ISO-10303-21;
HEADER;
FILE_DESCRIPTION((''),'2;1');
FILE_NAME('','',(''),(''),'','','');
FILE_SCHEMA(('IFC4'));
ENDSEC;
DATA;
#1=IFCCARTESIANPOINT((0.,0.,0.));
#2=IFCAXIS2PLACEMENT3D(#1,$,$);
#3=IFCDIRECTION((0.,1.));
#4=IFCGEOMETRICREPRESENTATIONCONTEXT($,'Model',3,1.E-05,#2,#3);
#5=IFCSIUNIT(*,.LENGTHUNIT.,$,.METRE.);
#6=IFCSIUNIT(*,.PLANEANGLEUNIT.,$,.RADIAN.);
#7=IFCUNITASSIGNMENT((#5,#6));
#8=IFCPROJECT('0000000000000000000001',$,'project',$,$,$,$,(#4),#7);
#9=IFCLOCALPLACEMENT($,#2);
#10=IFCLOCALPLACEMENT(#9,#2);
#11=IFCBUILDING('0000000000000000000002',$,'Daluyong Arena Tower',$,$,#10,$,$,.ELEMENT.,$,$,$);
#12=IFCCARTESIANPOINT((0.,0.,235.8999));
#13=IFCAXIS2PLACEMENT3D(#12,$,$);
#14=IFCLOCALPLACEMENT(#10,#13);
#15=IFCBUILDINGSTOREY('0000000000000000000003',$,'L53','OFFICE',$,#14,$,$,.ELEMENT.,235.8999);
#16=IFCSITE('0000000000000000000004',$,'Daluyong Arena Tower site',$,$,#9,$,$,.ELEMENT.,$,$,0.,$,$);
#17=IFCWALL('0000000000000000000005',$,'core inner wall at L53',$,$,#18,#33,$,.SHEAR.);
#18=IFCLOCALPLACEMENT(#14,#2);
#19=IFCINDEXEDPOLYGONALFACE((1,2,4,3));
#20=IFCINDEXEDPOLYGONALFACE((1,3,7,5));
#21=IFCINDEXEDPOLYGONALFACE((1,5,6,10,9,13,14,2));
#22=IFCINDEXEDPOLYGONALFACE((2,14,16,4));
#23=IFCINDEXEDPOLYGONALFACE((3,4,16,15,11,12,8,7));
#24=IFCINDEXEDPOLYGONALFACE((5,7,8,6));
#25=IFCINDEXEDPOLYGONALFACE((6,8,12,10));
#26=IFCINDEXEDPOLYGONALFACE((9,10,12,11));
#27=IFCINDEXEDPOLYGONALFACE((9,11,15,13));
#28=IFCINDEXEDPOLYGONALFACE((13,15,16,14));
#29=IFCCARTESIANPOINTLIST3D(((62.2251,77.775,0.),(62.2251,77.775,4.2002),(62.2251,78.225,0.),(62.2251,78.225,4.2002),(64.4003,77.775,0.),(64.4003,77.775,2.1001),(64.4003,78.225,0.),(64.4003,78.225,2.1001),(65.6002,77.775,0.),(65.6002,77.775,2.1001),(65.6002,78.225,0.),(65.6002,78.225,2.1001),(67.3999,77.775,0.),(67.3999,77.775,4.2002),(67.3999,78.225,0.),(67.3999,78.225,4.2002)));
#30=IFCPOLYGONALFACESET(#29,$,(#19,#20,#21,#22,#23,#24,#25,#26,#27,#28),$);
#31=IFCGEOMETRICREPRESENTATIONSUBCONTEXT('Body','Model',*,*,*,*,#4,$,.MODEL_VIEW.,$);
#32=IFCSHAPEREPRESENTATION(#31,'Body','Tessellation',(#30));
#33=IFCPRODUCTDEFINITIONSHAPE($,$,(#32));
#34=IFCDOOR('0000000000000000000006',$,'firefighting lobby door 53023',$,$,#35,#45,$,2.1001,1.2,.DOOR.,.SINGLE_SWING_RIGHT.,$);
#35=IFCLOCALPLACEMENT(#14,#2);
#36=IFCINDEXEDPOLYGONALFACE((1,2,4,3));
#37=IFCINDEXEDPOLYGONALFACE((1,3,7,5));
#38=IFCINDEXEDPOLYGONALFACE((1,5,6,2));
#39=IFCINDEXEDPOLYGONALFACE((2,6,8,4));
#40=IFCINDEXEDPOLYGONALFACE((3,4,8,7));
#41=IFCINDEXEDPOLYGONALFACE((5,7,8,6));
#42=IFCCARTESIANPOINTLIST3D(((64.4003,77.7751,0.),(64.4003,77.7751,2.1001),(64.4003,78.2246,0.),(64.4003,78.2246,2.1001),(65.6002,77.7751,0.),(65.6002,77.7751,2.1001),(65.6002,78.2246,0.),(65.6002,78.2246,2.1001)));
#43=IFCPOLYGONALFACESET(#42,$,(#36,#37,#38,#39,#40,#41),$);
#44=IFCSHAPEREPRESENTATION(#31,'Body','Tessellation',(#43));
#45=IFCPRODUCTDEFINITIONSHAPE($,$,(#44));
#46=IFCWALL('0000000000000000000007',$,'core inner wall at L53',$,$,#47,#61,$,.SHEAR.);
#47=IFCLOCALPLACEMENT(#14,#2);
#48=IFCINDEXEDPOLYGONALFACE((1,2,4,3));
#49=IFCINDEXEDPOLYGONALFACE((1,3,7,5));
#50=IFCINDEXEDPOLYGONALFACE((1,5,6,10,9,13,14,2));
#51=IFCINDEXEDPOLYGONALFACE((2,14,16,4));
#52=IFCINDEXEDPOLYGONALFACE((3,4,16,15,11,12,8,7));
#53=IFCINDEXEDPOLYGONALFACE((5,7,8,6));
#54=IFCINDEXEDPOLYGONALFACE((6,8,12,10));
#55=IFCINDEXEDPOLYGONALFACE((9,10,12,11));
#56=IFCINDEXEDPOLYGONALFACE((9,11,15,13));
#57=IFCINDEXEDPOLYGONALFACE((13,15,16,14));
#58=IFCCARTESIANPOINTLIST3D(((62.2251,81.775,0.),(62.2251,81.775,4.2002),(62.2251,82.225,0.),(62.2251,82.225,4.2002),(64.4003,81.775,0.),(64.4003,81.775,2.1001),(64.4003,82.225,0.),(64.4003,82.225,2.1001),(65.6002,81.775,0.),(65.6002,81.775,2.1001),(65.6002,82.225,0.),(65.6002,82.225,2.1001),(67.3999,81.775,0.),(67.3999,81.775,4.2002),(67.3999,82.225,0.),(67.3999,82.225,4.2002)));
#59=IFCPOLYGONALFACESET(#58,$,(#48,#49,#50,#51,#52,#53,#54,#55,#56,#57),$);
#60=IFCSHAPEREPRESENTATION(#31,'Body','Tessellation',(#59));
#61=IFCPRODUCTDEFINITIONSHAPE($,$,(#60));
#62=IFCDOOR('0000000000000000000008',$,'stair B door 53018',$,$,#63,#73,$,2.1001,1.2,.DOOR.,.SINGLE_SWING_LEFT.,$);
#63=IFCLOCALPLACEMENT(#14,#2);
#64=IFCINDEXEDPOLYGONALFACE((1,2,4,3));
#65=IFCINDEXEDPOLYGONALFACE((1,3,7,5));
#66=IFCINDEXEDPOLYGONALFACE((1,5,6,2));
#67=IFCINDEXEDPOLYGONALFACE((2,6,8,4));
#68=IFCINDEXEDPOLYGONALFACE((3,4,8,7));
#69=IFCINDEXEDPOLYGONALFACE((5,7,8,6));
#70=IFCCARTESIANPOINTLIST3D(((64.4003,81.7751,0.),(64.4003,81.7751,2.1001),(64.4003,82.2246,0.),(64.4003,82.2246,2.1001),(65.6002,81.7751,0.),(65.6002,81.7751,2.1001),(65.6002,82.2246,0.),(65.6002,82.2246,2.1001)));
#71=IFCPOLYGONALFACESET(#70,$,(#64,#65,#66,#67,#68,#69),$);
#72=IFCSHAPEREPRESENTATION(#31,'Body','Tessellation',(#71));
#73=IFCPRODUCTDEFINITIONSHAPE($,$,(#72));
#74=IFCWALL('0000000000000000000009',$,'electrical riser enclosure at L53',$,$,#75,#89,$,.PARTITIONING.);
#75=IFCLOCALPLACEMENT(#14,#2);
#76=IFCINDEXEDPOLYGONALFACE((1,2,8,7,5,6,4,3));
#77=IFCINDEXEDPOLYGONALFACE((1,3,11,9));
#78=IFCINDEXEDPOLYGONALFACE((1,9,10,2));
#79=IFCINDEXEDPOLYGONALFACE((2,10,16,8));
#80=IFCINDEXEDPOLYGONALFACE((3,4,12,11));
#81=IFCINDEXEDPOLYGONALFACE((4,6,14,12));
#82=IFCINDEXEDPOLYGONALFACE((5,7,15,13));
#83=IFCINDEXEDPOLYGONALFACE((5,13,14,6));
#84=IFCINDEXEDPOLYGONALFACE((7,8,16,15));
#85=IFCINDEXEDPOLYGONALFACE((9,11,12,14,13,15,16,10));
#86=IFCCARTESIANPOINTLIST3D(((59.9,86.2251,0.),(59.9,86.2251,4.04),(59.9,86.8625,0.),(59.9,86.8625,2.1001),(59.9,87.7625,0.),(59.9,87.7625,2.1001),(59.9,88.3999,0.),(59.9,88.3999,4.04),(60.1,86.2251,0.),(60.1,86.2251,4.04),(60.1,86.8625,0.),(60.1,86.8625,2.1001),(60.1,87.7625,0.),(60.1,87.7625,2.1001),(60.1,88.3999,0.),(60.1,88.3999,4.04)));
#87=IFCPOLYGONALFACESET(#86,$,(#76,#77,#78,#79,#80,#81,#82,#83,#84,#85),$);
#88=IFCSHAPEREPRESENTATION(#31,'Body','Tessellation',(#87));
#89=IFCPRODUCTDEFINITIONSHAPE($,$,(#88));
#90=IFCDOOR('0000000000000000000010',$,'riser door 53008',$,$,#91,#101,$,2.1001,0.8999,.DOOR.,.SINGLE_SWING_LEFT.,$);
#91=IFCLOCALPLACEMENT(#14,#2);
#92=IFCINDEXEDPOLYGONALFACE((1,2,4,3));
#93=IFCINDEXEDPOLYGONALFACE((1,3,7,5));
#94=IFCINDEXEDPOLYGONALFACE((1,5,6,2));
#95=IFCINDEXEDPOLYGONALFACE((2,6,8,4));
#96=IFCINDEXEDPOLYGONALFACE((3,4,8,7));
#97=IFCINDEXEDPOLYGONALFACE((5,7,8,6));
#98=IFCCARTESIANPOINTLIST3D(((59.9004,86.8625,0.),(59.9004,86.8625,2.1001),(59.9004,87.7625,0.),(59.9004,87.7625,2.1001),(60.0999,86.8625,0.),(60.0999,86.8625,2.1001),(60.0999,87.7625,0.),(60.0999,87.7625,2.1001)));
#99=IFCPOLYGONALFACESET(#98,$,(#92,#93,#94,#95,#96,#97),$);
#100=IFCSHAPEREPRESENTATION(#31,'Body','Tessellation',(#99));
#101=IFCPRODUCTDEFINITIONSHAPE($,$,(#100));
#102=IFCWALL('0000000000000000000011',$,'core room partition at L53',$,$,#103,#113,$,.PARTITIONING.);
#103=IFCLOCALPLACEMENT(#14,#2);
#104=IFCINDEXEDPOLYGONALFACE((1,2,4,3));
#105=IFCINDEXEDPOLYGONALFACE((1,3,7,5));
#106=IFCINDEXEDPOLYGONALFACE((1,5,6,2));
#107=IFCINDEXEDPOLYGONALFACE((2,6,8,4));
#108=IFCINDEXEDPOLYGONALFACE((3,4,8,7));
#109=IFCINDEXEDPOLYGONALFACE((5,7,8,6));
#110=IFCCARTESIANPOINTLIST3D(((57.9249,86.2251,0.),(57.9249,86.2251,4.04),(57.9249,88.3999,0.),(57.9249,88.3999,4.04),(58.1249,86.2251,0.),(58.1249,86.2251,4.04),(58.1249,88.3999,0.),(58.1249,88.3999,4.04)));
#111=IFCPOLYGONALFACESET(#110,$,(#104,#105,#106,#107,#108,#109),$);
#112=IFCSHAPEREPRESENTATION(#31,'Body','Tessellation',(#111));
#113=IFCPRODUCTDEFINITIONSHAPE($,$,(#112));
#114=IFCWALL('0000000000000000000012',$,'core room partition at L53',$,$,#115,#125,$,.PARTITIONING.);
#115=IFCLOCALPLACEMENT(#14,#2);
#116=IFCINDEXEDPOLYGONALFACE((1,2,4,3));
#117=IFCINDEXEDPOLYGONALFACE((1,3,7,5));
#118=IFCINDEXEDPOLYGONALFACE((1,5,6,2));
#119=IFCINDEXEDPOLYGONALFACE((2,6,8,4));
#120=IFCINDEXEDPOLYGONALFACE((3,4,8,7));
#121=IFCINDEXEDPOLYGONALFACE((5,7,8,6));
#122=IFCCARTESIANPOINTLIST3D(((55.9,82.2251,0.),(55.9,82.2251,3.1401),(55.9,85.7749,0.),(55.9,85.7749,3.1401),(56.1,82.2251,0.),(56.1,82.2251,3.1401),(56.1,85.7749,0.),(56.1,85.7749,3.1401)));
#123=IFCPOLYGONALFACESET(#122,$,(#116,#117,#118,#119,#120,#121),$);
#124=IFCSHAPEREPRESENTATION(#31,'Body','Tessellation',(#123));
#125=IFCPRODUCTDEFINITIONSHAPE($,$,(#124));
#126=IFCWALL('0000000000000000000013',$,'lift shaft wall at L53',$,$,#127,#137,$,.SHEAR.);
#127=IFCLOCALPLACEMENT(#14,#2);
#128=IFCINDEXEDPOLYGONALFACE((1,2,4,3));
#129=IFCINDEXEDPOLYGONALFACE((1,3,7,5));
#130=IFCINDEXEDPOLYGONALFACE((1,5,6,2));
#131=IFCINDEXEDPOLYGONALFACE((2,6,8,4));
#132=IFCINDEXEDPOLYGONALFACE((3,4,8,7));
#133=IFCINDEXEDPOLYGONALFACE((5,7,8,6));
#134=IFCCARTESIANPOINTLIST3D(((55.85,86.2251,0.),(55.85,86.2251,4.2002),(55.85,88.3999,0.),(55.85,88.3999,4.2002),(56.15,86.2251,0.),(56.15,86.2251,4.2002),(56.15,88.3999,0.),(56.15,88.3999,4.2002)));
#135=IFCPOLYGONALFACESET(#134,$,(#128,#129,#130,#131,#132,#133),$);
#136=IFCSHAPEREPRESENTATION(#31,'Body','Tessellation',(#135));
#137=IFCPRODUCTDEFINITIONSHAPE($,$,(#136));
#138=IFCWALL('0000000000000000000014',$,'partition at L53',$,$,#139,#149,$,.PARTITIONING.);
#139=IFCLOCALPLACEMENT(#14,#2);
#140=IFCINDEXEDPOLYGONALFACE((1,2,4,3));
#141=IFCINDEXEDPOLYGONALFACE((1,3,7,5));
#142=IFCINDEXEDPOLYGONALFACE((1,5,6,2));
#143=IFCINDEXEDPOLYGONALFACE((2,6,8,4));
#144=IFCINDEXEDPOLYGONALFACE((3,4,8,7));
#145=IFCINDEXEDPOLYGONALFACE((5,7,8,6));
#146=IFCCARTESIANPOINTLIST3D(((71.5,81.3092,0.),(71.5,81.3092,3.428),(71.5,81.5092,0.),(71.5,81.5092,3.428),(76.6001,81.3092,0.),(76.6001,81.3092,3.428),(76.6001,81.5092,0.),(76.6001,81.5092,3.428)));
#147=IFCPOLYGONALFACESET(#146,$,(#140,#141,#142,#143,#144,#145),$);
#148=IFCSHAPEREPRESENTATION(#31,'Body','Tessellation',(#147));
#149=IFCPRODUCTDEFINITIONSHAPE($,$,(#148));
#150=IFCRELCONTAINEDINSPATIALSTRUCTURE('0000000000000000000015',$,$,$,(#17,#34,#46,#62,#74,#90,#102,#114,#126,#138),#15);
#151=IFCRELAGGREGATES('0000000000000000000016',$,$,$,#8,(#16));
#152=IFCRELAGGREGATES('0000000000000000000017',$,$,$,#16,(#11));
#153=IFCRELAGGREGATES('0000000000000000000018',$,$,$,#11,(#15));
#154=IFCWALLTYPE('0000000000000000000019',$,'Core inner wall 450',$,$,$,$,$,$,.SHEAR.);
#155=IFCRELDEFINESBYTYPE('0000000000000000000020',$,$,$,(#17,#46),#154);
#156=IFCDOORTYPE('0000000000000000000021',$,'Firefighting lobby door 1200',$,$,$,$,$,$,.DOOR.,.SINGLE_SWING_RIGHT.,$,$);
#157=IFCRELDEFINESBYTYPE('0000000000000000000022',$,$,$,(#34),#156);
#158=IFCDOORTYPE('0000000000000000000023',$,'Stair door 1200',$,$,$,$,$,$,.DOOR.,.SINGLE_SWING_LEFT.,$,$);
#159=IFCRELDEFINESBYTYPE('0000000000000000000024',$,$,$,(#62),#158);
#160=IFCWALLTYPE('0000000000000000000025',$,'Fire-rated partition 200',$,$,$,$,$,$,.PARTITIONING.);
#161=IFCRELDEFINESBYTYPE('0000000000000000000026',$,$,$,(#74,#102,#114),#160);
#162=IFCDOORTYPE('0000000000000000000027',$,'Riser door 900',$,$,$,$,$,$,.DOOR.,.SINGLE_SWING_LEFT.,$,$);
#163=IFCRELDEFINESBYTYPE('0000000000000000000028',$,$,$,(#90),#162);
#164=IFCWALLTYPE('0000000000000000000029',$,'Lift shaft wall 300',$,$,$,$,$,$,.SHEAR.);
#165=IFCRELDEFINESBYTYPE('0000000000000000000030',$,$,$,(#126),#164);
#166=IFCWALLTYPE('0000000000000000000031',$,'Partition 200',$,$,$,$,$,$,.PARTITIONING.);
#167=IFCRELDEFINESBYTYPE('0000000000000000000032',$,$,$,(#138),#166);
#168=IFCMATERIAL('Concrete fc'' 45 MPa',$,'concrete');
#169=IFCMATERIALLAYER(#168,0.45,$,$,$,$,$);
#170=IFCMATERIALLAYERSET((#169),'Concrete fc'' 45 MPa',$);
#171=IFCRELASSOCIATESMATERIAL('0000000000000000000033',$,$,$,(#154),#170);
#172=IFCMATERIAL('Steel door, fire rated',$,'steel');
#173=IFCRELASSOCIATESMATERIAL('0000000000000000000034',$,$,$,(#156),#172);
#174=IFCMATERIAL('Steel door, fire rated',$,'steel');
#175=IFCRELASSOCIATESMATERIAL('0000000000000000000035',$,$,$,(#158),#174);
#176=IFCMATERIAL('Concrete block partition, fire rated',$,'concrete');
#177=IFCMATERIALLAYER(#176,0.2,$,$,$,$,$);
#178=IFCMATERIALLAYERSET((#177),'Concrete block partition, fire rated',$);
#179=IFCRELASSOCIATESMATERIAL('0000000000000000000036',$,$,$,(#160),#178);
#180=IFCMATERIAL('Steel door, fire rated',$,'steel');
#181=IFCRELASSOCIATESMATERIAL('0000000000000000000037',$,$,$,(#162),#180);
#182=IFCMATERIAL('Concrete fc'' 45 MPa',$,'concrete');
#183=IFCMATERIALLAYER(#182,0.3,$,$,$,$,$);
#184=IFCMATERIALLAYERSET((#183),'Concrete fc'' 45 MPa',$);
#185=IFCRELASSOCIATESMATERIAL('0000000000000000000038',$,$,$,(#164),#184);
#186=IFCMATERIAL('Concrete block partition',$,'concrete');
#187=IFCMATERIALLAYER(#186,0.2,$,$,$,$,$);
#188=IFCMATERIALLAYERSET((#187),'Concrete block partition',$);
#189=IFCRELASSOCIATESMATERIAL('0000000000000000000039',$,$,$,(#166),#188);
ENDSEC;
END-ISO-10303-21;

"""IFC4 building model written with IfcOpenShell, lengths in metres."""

from ifc_helpers import new_model, si_unit, direction, frame, frame_2d, origin, place, context, subcontext, project, spatial, rectangle, extrude, material, layer, layer_set, type_object, element, fill, save


model = new_model("IFC4")

# Units and contexts
model_context = context("Model", 3, precision=1e-05, world=origin(), true_north=direction((0.0, 1.0)))
body_context = subcontext(model_context, "Body", "Model", "MODEL_VIEW")
ifc_project = project(units=[si_unit("LENGTHUNIT", "METRE"), si_unit("PLANEANGLEUNIT", "RADIAN")], contexts=[model_context])

# Site, building, storey
site_placement = place(None, origin())
site = spatial("IfcSite", under=ifc_project, at=site_placement, Name="Daluyong Arena Tower site", CompositionType="ELEMENT", RefElevation=0.0)
building_placement = place(site_placement, origin())
building = spatial("IfcBuilding", under=site, at=building_placement, Name="Daluyong Arena Tower", CompositionType="ELEMENT")
storey_placement = place(building_placement, frame((0.0, 0.0, 235.8999)))
storey = spatial("IfcBuildingStorey", under=building, at=storey_placement, Name="L53", Description="OFFICE", CompositionType="ELEMENT", Elevation=235.8999)

# Walls, openings, doors
ifc_material_1 = material(Name="Concrete fc' 45 MPa", Category="concrete")
ifc_layer_1 = layer(ifc_material_1, 0.45)
ifc_layer_set_1 = layer_set([ifc_layer_1], Name="Concrete fc' 45 MPa")
wall_type_1 = type_object("IfcWallType", Name="Core inner wall 450", PredefinedType="SHEAR", material=ifc_layer_set_1)
wall_1_placement = place(storey_placement, frame((62.2251, 78.0, 0.0), z_axis=(0.0, 0.0, 1.0), x_axis=(1.0, 0.0, 0.0)))
wall_1 = element("IfcWall", 1, at=wall_1_placement, inside=storey, type_object=wall_type_1, Name="core inner wall at L53", PredefinedType="SHEAR", context=body_context, shape_type="SweptSolid", body=[
    extrude(rectangle(XDim=5.1748, YDim=0.45, at=frame_2d((2.5874, 0.0))), origin(), (0.0, 0.0, 1.0), 4.2002),
])
opening_1_placement = place(wall_1_placement, frame((2.175, 0.0, 0.0)))
opening_1 = element("IfcOpeningElement", 2, at=opening_1_placement, cuts=wall_1, PredefinedType="OPENING", context=body_context, shape_type="SweptSolid", body=[
    extrude(rectangle(XDim=1.2, YDim=2.1001, at=frame_2d((0.6001, 1.05))), frame((0.0, 0.2349, 0.0), z_axis=(0.0, -1.0, 0.0), x_axis=(1.0, 0.0, 0.0)), (0.0, 0.0, 1.0), 0.47),
])
ifc_material_2 = material(Name="Steel door, fire rated", Category="steel")
door_type_1 = type_object("IfcDoorType", Name="Firefighting lobby door 1200", OperationType="SINGLE_SWING_RIGHT", PredefinedType="DOOR", material=ifc_material_2)
door_1_placement = place(opening_1_placement, origin())
door_1 = element("IfcDoor", 3, at=door_1_placement, inside=storey, type_object=door_type_1, Name="firefighting lobby door 53023", OperationType="SINGLE_SWING_RIGHT", OverallHeight=2.1001, OverallWidth=1.2, PredefinedType="DOOR", context=body_context, shape_type="SweptSolid", body=[
    extrude(rectangle(XDim=1.2, YDim=2.1001, at=frame_2d((0.6001, 1.05))), frame((0.0, 0.2246, 0.0), z_axis=(0.0, -1.0, 0.0), x_axis=(1.0, 0.0, 0.0)), (0.0, 0.0, 1.0), 0.4495),
])
fill(opening_1, door_1)
wall_2_placement = place(storey_placement, frame((62.2251, 82.0, 0.0), z_axis=(0.0, 0.0, 1.0), x_axis=(1.0, 0.0, 0.0)))
wall_2 = element("IfcWall", 4, at=wall_2_placement, inside=storey, type_object=wall_type_1, Name="core inner wall at L53", PredefinedType="SHEAR", context=body_context, shape_type="SweptSolid", body=[
    extrude(rectangle(XDim=5.1748, YDim=0.45, at=frame_2d((2.5874, 0.0))), origin(), (0.0, 0.0, 1.0), 4.2002),
])
opening_2_placement = place(wall_2_placement, frame((2.175, 0.0, 0.0)))
opening_2 = element("IfcOpeningElement", 5, at=opening_2_placement, cuts=wall_2, PredefinedType="OPENING", context=body_context, shape_type="SweptSolid", body=[
    extrude(rectangle(XDim=1.2, YDim=2.1001, at=frame_2d((0.6001, 1.05))), frame((0.0, 0.2349, 0.0), z_axis=(0.0, -1.0, 0.0), x_axis=(1.0, 0.0, 0.0)), (0.0, 0.0, 1.0), 0.47),
])
ifc_material_3 = material(Name="Steel door, fire rated", Category="steel")
door_type_2 = type_object("IfcDoorType", Name="Stair door 1200", OperationType="SINGLE_SWING_LEFT", PredefinedType="DOOR", material=ifc_material_3)
door_2_placement = place(opening_2_placement, origin())
door_2 = element("IfcDoor", 6, at=door_2_placement, inside=storey, type_object=door_type_2, Name="stair B door 53018", OperationType="SINGLE_SWING_LEFT", OverallHeight=2.1001, OverallWidth=1.2, PredefinedType="DOOR", context=body_context, shape_type="SweptSolid", body=[
    extrude(rectangle(XDim=1.2, YDim=2.1001, at=frame_2d((0.6001, 1.05))), frame((0.0, 0.2246, 0.0), z_axis=(0.0, -1.0, 0.0), x_axis=(1.0, 0.0, 0.0)), (0.0, 0.0, 1.0), 0.4495),
])
fill(opening_2, door_2)
ifc_material_4 = material(Name="Concrete block partition, fire rated", Category="concrete")
ifc_layer_2 = layer(ifc_material_4, 0.2)
ifc_layer_set_2 = layer_set([ifc_layer_2], Name="Concrete block partition, fire rated")
wall_type_2 = type_object("IfcWallType", Name="Fire-rated partition 200", PredefinedType="PARTITIONING", material=ifc_layer_set_2)
wall_3_placement = place(storey_placement, frame((60.0, 86.2251, 0.0), z_axis=(0.0, 0.0, 1.0), x_axis=(0.0, 1.0, 0.0)))
wall_3 = element("IfcWall", 7, at=wall_3_placement, inside=storey, type_object=wall_type_2, Name="electrical riser enclosure at L53", PredefinedType="PARTITIONING", context=body_context, shape_type="SweptSolid", body=[
    extrude(rectangle(XDim=2.1748, YDim=0.2, at=frame_2d((1.0874, 0.0))), origin(), (0.0, 0.0, 1.0), 4.04),
])
opening_3_placement = place(wall_3_placement, frame((0.6375, 0.0, 0.0)))
opening_3 = element("IfcOpeningElement", 8, at=opening_3_placement, cuts=wall_3, PredefinedType="OPENING", context=body_context, shape_type="SweptSolid", body=[
    extrude(rectangle(XDim=0.8999, YDim=2.1001, at=frame_2d((0.45, 1.05))), frame((0.0, 0.1099, 0.0), z_axis=(0.0, -1.0, 0.0), x_axis=(1.0, 0.0, 0.0)), (0.0, 0.0, 1.0), 0.22),
])
ifc_material_5 = material(Name="Steel door, fire rated", Category="steel")
door_type_3 = type_object("IfcDoorType", Name="Riser door 900", OperationType="SINGLE_SWING_LEFT", PredefinedType="DOOR", material=ifc_material_5)
door_3_placement = place(opening_3_placement, origin())
door_3 = element("IfcDoor", 9, at=door_3_placement, inside=storey, type_object=door_type_3, Name="riser door 53008", OperationType="SINGLE_SWING_LEFT", OverallHeight=2.1001, OverallWidth=0.8999, PredefinedType="DOOR", context=body_context, shape_type="SweptSolid", body=[
    extrude(rectangle(XDim=0.8999, YDim=2.1001, at=frame_2d((0.45, 1.05))), frame((0.0, 0.0996, 0.0), z_axis=(0.0, -1.0, 0.0), x_axis=(1.0, 0.0, 0.0)), (0.0, 0.0, 1.0), 0.1995),
])
fill(opening_3, door_3)

# Walls
wall_4_placement = place(storey_placement, frame((58.0249, 86.2251, 0.0), z_axis=(0.0, 0.0, 1.0), x_axis=(0.0, 1.0, 0.0)))
element("IfcWall", 10, at=wall_4_placement, inside=storey, type_object=wall_type_2, Name="core room partition at L53", PredefinedType="PARTITIONING", context=body_context, shape_type="SweptSolid", body=[
    extrude(rectangle(XDim=2.1748, YDim=0.2, at=frame_2d((1.0874, 0.0))), origin(), (0.0, 0.0, 1.0), 4.04),
])
wall_5_placement = place(storey_placement, frame((56.0, 82.2251, 0.0), z_axis=(0.0, 0.0, 1.0), x_axis=(0.0, 1.0, 0.0)))
element("IfcWall", 11, at=wall_5_placement, inside=storey, type_object=wall_type_2, Name="core room partition at L53", PredefinedType="PARTITIONING", context=body_context, shape_type="SweptSolid", body=[
    extrude(rectangle(XDim=3.5498, YDim=0.2, at=frame_2d((1.7749, 0.0))), origin(), (0.0, 0.0, 1.0), 3.1401),
])
ifc_material_6 = material(Name="Concrete fc' 45 MPa", Category="concrete")
ifc_layer_3 = layer(ifc_material_6, 0.3)
ifc_layer_set_3 = layer_set([ifc_layer_3], Name="Concrete fc' 45 MPa")
wall_type_3 = type_object("IfcWallType", Name="Lift shaft wall 300", PredefinedType="SHEAR", material=ifc_layer_set_3)
wall_6_placement = place(storey_placement, frame((56.0, 86.2251, 0.0), z_axis=(0.0, 0.0, 1.0), x_axis=(0.0, 1.0, 0.0)))
element("IfcWall", 12, at=wall_6_placement, inside=storey, type_object=wall_type_3, Name="lift shaft wall at L53", PredefinedType="SHEAR", context=body_context, shape_type="SweptSolid", body=[
    extrude(rectangle(XDim=2.1748, YDim=0.3, at=frame_2d((1.0874, 0.0))), origin(), (0.0, 0.0, 1.0), 4.2002),
])
ifc_material_7 = material(Name="Concrete block partition", Category="concrete")
ifc_layer_4 = layer(ifc_material_7, 0.2)
ifc_layer_set_4 = layer_set([ifc_layer_4], Name="Concrete block partition")
wall_type_4 = type_object("IfcWallType", Name="Partition 200", PredefinedType="PARTITIONING", material=ifc_layer_set_4)
wall_7_placement = place(storey_placement, frame((71.5, 81.4092, 0.0), z_axis=(0.0, 0.0, 1.0), x_axis=(1.0, 0.0, 0.0)))
element("IfcWall", 13, at=wall_7_placement, inside=storey, type_object=wall_type_4, Name="partition at L53", PredefinedType="PARTITIONING", context=body_context, shape_type="SweptSolid", body=[
    extrude(rectangle(XDim=5.1001, YDim=0.2, at=frame_2d((2.55, 0.0))), origin(), (0.0, 0.0, 1.0), 3.428),
])

save(model, "model.ifc")
